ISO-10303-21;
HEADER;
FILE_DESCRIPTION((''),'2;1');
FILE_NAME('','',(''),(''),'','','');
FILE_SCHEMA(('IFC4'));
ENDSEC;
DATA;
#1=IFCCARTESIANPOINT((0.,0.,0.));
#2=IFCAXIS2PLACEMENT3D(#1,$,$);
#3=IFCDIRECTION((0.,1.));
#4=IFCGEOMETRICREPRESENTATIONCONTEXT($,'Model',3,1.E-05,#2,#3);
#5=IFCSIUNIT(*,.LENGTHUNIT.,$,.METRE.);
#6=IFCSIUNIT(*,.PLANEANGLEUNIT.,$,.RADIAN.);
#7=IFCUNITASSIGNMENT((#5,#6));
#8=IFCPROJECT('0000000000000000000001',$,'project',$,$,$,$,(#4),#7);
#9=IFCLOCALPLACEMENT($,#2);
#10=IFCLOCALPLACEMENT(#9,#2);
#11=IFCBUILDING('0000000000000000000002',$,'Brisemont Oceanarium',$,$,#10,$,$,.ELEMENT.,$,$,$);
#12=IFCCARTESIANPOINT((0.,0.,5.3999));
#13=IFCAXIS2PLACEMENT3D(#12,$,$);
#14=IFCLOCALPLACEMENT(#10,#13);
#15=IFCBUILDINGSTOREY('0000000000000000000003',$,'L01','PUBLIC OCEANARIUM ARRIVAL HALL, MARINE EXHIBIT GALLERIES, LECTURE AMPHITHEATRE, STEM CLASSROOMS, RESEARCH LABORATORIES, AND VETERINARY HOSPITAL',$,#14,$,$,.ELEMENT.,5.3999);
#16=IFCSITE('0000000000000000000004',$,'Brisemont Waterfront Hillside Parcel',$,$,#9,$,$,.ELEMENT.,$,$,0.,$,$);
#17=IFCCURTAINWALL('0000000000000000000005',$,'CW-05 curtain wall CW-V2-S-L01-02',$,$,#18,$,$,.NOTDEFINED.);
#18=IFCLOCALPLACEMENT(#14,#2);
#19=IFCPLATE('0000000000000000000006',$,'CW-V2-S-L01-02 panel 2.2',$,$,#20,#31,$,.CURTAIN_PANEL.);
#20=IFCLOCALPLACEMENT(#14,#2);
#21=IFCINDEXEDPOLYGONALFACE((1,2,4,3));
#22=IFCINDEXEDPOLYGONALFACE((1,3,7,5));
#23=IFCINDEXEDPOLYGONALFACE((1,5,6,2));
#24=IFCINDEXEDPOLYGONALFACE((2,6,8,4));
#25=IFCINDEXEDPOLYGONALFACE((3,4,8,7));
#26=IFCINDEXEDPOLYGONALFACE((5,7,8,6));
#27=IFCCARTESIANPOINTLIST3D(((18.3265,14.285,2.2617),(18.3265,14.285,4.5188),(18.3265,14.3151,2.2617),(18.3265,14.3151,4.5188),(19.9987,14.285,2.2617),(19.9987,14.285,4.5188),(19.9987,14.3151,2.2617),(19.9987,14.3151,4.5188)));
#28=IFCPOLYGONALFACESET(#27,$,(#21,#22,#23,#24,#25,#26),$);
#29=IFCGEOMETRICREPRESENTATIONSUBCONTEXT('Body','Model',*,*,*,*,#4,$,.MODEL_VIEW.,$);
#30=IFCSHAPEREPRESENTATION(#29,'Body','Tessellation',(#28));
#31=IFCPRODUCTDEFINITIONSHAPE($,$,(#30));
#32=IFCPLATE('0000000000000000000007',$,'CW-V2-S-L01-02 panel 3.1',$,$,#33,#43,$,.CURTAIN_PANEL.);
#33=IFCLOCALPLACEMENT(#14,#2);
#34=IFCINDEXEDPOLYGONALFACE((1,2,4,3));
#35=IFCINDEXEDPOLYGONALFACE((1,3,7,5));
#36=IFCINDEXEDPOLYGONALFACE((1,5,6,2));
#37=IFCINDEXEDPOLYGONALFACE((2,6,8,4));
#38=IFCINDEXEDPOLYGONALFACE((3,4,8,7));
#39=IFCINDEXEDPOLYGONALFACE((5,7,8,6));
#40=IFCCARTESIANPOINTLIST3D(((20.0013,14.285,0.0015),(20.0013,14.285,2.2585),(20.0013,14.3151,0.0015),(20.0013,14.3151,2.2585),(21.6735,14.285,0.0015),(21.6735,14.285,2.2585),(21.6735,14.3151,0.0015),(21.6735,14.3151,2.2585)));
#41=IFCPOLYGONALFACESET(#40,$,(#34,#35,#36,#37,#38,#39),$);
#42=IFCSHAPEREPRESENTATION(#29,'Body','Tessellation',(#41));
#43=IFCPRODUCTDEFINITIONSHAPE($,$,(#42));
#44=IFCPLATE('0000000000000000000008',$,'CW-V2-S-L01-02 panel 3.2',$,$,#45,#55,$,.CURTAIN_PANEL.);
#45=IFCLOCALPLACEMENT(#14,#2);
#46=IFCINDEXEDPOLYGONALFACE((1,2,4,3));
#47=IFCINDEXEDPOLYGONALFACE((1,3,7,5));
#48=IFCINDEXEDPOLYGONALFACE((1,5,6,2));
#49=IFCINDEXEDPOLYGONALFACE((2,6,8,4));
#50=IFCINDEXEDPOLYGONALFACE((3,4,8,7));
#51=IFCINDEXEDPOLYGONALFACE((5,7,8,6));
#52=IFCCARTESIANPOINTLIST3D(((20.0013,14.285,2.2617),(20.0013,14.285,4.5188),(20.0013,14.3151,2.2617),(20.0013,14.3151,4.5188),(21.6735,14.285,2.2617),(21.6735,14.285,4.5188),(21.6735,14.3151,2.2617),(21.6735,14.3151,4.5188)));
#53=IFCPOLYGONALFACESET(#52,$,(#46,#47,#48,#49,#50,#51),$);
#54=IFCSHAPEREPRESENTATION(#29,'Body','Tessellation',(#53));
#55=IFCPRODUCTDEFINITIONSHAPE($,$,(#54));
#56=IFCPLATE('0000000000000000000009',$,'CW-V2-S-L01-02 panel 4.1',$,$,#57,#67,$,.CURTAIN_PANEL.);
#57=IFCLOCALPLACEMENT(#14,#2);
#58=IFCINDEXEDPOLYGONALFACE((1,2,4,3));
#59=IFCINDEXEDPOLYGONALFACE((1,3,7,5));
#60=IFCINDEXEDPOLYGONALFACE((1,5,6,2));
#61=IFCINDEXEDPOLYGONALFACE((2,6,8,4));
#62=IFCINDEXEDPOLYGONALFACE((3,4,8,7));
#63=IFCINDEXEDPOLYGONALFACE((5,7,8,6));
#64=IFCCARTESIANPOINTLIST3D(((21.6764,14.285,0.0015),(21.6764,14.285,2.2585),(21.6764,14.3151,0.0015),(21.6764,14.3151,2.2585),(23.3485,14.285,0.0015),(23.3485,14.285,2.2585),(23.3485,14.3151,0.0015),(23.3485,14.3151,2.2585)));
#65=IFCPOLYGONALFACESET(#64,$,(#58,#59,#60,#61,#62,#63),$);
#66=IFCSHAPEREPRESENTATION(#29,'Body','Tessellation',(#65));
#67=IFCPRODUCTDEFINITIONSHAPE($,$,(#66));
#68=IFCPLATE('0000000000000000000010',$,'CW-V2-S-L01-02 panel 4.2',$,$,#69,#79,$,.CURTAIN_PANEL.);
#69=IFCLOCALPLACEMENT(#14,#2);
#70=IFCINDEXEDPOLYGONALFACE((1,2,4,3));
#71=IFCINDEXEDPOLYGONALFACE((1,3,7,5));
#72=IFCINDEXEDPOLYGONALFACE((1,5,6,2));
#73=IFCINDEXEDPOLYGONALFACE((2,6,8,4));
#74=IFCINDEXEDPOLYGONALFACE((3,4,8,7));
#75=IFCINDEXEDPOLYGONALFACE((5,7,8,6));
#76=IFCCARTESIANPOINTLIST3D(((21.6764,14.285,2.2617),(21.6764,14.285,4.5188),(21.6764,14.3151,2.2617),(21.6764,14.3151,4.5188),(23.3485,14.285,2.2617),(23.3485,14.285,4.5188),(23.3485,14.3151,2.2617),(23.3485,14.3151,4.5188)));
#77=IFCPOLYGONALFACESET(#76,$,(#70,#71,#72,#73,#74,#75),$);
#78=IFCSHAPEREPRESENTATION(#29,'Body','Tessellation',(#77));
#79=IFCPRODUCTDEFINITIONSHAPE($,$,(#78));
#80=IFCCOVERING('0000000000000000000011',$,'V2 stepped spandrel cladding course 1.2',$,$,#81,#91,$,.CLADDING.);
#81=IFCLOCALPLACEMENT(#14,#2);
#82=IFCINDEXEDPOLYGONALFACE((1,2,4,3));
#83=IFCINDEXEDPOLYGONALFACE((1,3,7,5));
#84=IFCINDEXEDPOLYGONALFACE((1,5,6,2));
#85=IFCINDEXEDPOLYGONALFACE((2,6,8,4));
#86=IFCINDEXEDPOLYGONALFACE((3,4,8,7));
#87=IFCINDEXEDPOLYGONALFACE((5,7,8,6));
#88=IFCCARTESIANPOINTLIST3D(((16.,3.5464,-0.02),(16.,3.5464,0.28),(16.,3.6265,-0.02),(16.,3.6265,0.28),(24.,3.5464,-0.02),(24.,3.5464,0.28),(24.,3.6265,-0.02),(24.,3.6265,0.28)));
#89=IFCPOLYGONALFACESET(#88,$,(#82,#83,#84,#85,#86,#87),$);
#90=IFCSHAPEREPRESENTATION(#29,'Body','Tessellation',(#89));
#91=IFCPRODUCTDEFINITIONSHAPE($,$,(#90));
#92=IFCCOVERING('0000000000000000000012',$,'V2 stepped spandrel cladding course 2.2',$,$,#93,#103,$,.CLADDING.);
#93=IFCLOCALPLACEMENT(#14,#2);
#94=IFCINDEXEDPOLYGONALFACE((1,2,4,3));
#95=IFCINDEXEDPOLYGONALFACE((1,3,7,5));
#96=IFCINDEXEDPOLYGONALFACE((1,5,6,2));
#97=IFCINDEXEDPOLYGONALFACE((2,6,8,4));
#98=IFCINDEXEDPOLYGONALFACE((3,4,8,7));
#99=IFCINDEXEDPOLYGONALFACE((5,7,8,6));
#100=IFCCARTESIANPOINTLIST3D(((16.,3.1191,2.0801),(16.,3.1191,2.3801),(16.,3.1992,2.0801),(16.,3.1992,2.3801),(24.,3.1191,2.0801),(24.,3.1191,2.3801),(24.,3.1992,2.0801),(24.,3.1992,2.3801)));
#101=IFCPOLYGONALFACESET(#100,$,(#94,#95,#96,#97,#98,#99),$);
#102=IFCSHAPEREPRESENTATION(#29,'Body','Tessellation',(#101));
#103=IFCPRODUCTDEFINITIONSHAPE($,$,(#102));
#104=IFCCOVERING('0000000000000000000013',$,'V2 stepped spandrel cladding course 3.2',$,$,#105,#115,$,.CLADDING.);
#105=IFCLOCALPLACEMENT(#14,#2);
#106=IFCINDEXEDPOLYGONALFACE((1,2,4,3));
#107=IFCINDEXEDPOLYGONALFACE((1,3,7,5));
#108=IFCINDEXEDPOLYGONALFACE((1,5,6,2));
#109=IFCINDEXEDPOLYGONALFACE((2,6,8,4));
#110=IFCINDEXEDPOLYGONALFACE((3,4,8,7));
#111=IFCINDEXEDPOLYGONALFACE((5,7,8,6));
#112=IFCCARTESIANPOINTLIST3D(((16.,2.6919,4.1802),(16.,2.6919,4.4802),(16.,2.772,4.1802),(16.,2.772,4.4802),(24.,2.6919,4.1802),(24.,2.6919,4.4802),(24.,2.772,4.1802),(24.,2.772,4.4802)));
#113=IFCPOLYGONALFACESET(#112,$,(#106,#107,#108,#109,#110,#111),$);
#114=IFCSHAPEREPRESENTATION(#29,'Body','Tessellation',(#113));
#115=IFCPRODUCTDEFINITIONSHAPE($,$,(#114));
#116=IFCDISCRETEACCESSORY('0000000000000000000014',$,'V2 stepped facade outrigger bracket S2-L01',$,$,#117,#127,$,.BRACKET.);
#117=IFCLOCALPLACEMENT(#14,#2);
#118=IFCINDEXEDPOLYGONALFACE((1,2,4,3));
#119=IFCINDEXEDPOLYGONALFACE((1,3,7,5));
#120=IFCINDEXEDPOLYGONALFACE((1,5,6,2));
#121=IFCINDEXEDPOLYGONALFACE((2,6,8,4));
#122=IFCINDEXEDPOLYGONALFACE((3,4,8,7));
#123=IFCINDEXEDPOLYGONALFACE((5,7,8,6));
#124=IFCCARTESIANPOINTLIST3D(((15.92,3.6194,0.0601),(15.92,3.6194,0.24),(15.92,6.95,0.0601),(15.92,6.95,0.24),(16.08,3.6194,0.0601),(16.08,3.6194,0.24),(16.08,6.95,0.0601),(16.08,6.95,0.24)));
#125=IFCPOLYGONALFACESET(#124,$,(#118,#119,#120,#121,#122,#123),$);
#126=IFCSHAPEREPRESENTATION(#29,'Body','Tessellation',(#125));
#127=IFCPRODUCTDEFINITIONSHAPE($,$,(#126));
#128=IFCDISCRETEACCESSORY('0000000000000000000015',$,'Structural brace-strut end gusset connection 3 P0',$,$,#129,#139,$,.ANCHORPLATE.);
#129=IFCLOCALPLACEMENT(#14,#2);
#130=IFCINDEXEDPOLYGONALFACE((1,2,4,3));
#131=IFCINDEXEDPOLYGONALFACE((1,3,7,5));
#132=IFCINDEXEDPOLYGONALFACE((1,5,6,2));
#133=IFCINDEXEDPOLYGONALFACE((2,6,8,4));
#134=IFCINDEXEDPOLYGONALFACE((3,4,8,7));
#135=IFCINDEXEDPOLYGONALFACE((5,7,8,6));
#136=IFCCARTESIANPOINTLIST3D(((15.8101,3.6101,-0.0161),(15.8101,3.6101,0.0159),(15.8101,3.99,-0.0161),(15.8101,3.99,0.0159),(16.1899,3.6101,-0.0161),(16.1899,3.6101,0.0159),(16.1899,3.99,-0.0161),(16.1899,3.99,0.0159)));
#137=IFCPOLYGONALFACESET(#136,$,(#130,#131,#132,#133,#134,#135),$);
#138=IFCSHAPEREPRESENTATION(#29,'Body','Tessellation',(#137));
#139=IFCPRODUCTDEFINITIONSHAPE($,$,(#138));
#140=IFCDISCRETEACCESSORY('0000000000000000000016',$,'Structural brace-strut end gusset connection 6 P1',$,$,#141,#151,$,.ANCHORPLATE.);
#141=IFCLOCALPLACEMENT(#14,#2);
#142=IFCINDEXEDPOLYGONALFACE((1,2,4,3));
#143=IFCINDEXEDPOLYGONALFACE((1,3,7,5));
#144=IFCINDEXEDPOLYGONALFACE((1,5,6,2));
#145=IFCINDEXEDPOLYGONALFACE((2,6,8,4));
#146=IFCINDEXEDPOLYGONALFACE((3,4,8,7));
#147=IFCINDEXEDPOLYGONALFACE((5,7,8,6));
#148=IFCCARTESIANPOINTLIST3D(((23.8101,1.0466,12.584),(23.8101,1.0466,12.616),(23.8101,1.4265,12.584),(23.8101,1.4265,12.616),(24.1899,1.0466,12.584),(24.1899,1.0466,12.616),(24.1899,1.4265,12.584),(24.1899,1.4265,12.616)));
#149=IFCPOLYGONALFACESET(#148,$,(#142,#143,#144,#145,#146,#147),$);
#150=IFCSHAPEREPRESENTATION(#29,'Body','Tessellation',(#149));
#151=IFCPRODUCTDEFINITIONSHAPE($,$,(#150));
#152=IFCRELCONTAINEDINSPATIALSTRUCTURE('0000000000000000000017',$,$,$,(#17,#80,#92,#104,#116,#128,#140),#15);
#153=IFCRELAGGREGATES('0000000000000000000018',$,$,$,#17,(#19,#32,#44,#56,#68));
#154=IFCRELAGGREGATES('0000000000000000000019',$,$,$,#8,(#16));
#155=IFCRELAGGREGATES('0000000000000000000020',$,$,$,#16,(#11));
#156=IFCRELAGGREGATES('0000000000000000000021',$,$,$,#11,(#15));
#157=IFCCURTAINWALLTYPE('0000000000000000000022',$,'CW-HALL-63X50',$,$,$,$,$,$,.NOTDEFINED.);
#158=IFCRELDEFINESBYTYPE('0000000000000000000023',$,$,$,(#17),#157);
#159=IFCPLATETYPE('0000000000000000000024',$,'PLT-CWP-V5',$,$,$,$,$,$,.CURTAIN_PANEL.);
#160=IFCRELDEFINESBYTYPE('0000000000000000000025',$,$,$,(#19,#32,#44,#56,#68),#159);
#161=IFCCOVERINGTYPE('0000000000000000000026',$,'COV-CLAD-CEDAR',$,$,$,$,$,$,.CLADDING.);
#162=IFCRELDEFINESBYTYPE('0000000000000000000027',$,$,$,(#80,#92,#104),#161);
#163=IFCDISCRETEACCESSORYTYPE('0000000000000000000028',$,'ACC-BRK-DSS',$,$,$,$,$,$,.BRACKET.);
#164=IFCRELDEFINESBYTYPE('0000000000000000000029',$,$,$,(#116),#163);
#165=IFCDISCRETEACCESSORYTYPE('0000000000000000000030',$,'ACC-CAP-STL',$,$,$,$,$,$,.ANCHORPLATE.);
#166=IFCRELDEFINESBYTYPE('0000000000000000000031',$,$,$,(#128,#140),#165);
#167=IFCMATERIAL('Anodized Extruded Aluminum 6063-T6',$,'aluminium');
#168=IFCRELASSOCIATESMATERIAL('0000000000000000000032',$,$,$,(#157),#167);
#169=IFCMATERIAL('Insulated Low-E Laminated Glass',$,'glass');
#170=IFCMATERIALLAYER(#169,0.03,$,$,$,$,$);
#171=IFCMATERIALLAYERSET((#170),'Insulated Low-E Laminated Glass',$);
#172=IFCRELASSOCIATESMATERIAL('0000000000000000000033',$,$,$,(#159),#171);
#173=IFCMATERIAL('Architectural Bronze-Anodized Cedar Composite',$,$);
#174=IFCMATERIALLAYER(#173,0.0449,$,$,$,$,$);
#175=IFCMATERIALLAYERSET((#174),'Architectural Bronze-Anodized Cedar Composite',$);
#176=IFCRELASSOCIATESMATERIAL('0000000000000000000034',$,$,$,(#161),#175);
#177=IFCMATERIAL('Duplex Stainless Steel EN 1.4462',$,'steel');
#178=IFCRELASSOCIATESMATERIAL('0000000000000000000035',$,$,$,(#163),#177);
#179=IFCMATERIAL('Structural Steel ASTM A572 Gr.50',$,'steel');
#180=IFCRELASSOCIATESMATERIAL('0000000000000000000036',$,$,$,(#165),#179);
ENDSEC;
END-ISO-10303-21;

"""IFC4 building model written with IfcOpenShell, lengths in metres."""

from ifc_helpers import new_model, si_unit, direction, frame, origin, origin_2d, place, context, subcontext, project, spatial, rectangle, extrude, material, layer, layer_set, type_object, element, aggregate, save


model = new_model("IFC4")

# Units and contexts
model_context = context("Model", 3, precision=1e-05, world=origin(), true_north=direction((0.0, 1.0)))
body_context = subcontext(model_context, "Body", "Model", "MODEL_VIEW")
ifc_project = project(units=[si_unit("LENGTHUNIT", "METRE"), si_unit("PLANEANGLEUNIT", "RADIAN")], contexts=[model_context])

# Site, building, storey
site_placement = place(None, origin())
site = spatial("IfcSite", under=ifc_project, at=site_placement, Name="Brisemont Waterfront Hillside Parcel", CompositionType="ELEMENT", RefElevation=0.0)
building_placement = place(site_placement, origin())
building = spatial("IfcBuilding", under=site, at=building_placement, Name="Brisemont Oceanarium", CompositionType="ELEMENT")
storey_placement = place(building_placement, frame((0.0, 0.0, 5.3999)))
storey = spatial("IfcBuildingStorey", under=building, at=storey_placement, Name="L01", Description="PUBLIC OCEANARIUM ARRIVAL HALL, MARINE EXHIBIT GALLERIES, LECTURE AMPHITHEATRE, STEM CLASSROOMS, RESEARCH LABORATORIES, AND VETERINARY HOSPITAL", CompositionType="ELEMENT", Elevation=5.3999)

# Curtain wall
ifc_material_1 = material(Name="Anodized Extruded Aluminum 6063-T6", Category="aluminium")
curtain_wall_type = type_object("IfcCurtainWallType", Name="CW-HALL-63X50", PredefinedType="NOTDEFINED", material=ifc_material_1)
curtain_wall_placement = place(storey_placement, origin())
curtain_wall = element("IfcCurtainWall", 1, at=curtain_wall_placement, inside=storey, type_object=curtain_wall_type, Name="CW-05 curtain wall CW-V2-S-L01-02", PredefinedType="NOTDEFINED")

# Plates
ifc_material_2 = material(Name="Insulated Low-E Laminated Glass", Category="glass")
ifc_layer_1 = layer(ifc_material_2, 0.03)
ifc_layer_set_1 = layer_set([ifc_layer_1], Name="Insulated Low-E Laminated Glass")
plate_type = type_object("IfcPlateType", Name="PLT-CWP-V5", PredefinedType="CURTAIN_PANEL", material=ifc_layer_set_1)
plate_1_placement = place(storey_placement, frame((19.1626, 14.3, 2.2617), z_axis=(0.0, 0.0, 1.0), x_axis=(1.0, 0.0, 0.0)))
plate_1 = element("IfcPlate", 2, at=plate_1_placement, type_object=plate_type, Name="CW-V2-S-L01-02 panel 2.2", PredefinedType="CURTAIN_PANEL", context=body_context, shape_type="SweptSolid", body=[
    extrude(rectangle(XDim=1.6721, YDim=0.03, at=origin_2d()), origin(), (0.0, 0.0, 1.0), 2.2571),
])
plate_2_placement = place(storey_placement, frame((20.8374, 14.3, 0.0015), z_axis=(0.0, 0.0, 1.0), x_axis=(1.0, 0.0, 0.0)))
plate_2 = element("IfcPlate", 3, at=plate_2_placement, type_object=plate_type, Name="CW-V2-S-L01-02 panel 3.1", PredefinedType="CURTAIN_PANEL", context=body_context, shape_type="SweptSolid", body=[
    extrude(rectangle(XDim=1.6721, YDim=0.03, at=origin_2d()), origin(), (0.0, 0.0, 1.0), 2.2571),
])
plate_3_placement = place(storey_placement, frame((20.8374, 14.3, 2.2617), z_axis=(0.0, 0.0, 1.0), x_axis=(1.0, 0.0, 0.0)))
plate_3 = element("IfcPlate", 4, at=plate_3_placement, type_object=plate_type, Name="CW-V2-S-L01-02 panel 3.2", PredefinedType="CURTAIN_PANEL", context=body_context, shape_type="SweptSolid", body=[
    extrude(rectangle(XDim=1.6721, YDim=0.03, at=origin_2d()), origin(), (0.0, 0.0, 1.0), 2.2571),
])
plate_4_placement = place(storey_placement, frame((22.5125, 14.3, 0.0015), z_axis=(0.0, 0.0, 1.0), x_axis=(1.0, 0.0, 0.0)))
plate_4 = element("IfcPlate", 5, at=plate_4_placement, type_object=plate_type, Name="CW-V2-S-L01-02 panel 4.1", PredefinedType="CURTAIN_PANEL", context=body_context, shape_type="SweptSolid", body=[
    extrude(rectangle(XDim=1.6721, YDim=0.03, at=origin_2d()), origin(), (0.0, 0.0, 1.0), 2.2571),
])
plate_5_placement = place(storey_placement, frame((22.5125, 14.3, 2.2617), z_axis=(0.0, 0.0, 1.0), x_axis=(1.0, 0.0, 0.0)))
plate_5 = element("IfcPlate", 6, at=plate_5_placement, type_object=plate_type, Name="CW-V2-S-L01-02 panel 4.2", PredefinedType="CURTAIN_PANEL", context=body_context, shape_type="SweptSolid", body=[
    extrude(rectangle(XDim=1.6721, YDim=0.03, at=origin_2d()), origin(), (0.0, 0.0, 1.0), 2.2571),
])
aggregate(curtain_wall, [plate_1, plate_2, plate_3, plate_4, plate_5])

# Coverings
ifc_material_3 = material(Name="Architectural Bronze-Anodized Cedar Composite")
ifc_layer_2 = layer(ifc_material_3, 0.0449)
ifc_layer_set_2 = layer_set([ifc_layer_2], Name="Architectural Bronze-Anodized Cedar Composite")
covering_type = type_object("IfcCoveringType", Name="COV-CLAD-CEDAR", PredefinedType="CLADDING", material=ifc_layer_set_2)
for number, where, z_axis, x_axis, name in (
    (7, (20.0, 3.5864, -0.02), (0.0, 0.0, 1.0), (1.0, 0.0, 0.0), "V2 stepped spandrel cladding course 1.2"),
    (8, (20.0, 3.1592, 2.0801), (0.0, 0.0, 1.0), (1.0, 0.0, 0.0), "V2 stepped spandrel cladding course 2.2"),
    (9, (20.0, 2.7319, 4.1802), (0.0, 0.0, 1.0), (1.0, 0.0, 0.0), "V2 stepped spandrel cladding course 3.2"),
):
    element("IfcCovering", number, at=place(storey_placement, frame(where, z_axis=z_axis, x_axis=x_axis)), inside=storey, type_object=covering_type, Name=name, PredefinedType="CLADDING", context=body_context, shape_type="SweptSolid", body=[
        extrude(rectangle(XDim=8.0, YDim=0.0801, at=origin_2d()), origin(), (0.0, 0.0, 1.0), 0.3),
    ])

# Discrete accessories
ifc_material_4 = material(Name="Duplex Stainless Steel EN 1.4462", Category="steel")
discrete_accessory_type_1 = type_object("IfcDiscreteAccessoryType", Name="ACC-BRK-DSS", PredefinedType="BRACKET", material=ifc_material_4)
discrete_accessory_placement = place(storey_placement, frame((16.0, 5.2847, 0.0601), z_axis=(0.0, 0.0, 1.0), x_axis=(1.0, 0.0, 0.0)))
element("IfcDiscreteAccessory", 10, at=discrete_accessory_placement, inside=storey, type_object=discrete_accessory_type_1, Name="V2 stepped facade outrigger bracket S2-L01", PredefinedType="BRACKET", context=body_context, shape_type="SweptSolid", body=[
    extrude(rectangle(XDim=0.1599, YDim=3.3306, at=origin_2d()), origin(), (0.0, 0.0, 1.0), 0.1799),
])
ifc_material_5 = material(Name="Structural Steel ASTM A572 Gr.50", Category="steel")
discrete_accessory_type_2 = type_object("IfcDiscreteAccessoryType", Name="ACC-CAP-STL", PredefinedType="ANCHORPLATE", material=ifc_material_5)
for number, where, z_axis, x_axis, name in (
    (11, (16.0, 3.8, -0.0161), (0.0, 0.0, 1.0), (1.0, 0.0, 0.0), "Structural brace-strut end gusset connection 3 P0"),
    (12, (24.0, 1.2366, 12.584), (0.0, 0.0, 1.0), (1.0, 0.0, 0.0), "Structural brace-strut end gusset connection 6 P1"),
):
    element("IfcDiscreteAccessory", number, at=place(storey_placement, frame(where, z_axis=z_axis, x_axis=x_axis)), inside=storey, type_object=discrete_accessory_type_2, Name=name, PredefinedType="ANCHORPLATE", context=body_context, shape_type="SweptSolid", body=[
        extrude(rectangle(XDim=0.3799, YDim=0.3799, at=origin_2d()), origin(), (0.0, 0.0, 1.0), 0.032),
    ])

save(model, "model.ifc")
